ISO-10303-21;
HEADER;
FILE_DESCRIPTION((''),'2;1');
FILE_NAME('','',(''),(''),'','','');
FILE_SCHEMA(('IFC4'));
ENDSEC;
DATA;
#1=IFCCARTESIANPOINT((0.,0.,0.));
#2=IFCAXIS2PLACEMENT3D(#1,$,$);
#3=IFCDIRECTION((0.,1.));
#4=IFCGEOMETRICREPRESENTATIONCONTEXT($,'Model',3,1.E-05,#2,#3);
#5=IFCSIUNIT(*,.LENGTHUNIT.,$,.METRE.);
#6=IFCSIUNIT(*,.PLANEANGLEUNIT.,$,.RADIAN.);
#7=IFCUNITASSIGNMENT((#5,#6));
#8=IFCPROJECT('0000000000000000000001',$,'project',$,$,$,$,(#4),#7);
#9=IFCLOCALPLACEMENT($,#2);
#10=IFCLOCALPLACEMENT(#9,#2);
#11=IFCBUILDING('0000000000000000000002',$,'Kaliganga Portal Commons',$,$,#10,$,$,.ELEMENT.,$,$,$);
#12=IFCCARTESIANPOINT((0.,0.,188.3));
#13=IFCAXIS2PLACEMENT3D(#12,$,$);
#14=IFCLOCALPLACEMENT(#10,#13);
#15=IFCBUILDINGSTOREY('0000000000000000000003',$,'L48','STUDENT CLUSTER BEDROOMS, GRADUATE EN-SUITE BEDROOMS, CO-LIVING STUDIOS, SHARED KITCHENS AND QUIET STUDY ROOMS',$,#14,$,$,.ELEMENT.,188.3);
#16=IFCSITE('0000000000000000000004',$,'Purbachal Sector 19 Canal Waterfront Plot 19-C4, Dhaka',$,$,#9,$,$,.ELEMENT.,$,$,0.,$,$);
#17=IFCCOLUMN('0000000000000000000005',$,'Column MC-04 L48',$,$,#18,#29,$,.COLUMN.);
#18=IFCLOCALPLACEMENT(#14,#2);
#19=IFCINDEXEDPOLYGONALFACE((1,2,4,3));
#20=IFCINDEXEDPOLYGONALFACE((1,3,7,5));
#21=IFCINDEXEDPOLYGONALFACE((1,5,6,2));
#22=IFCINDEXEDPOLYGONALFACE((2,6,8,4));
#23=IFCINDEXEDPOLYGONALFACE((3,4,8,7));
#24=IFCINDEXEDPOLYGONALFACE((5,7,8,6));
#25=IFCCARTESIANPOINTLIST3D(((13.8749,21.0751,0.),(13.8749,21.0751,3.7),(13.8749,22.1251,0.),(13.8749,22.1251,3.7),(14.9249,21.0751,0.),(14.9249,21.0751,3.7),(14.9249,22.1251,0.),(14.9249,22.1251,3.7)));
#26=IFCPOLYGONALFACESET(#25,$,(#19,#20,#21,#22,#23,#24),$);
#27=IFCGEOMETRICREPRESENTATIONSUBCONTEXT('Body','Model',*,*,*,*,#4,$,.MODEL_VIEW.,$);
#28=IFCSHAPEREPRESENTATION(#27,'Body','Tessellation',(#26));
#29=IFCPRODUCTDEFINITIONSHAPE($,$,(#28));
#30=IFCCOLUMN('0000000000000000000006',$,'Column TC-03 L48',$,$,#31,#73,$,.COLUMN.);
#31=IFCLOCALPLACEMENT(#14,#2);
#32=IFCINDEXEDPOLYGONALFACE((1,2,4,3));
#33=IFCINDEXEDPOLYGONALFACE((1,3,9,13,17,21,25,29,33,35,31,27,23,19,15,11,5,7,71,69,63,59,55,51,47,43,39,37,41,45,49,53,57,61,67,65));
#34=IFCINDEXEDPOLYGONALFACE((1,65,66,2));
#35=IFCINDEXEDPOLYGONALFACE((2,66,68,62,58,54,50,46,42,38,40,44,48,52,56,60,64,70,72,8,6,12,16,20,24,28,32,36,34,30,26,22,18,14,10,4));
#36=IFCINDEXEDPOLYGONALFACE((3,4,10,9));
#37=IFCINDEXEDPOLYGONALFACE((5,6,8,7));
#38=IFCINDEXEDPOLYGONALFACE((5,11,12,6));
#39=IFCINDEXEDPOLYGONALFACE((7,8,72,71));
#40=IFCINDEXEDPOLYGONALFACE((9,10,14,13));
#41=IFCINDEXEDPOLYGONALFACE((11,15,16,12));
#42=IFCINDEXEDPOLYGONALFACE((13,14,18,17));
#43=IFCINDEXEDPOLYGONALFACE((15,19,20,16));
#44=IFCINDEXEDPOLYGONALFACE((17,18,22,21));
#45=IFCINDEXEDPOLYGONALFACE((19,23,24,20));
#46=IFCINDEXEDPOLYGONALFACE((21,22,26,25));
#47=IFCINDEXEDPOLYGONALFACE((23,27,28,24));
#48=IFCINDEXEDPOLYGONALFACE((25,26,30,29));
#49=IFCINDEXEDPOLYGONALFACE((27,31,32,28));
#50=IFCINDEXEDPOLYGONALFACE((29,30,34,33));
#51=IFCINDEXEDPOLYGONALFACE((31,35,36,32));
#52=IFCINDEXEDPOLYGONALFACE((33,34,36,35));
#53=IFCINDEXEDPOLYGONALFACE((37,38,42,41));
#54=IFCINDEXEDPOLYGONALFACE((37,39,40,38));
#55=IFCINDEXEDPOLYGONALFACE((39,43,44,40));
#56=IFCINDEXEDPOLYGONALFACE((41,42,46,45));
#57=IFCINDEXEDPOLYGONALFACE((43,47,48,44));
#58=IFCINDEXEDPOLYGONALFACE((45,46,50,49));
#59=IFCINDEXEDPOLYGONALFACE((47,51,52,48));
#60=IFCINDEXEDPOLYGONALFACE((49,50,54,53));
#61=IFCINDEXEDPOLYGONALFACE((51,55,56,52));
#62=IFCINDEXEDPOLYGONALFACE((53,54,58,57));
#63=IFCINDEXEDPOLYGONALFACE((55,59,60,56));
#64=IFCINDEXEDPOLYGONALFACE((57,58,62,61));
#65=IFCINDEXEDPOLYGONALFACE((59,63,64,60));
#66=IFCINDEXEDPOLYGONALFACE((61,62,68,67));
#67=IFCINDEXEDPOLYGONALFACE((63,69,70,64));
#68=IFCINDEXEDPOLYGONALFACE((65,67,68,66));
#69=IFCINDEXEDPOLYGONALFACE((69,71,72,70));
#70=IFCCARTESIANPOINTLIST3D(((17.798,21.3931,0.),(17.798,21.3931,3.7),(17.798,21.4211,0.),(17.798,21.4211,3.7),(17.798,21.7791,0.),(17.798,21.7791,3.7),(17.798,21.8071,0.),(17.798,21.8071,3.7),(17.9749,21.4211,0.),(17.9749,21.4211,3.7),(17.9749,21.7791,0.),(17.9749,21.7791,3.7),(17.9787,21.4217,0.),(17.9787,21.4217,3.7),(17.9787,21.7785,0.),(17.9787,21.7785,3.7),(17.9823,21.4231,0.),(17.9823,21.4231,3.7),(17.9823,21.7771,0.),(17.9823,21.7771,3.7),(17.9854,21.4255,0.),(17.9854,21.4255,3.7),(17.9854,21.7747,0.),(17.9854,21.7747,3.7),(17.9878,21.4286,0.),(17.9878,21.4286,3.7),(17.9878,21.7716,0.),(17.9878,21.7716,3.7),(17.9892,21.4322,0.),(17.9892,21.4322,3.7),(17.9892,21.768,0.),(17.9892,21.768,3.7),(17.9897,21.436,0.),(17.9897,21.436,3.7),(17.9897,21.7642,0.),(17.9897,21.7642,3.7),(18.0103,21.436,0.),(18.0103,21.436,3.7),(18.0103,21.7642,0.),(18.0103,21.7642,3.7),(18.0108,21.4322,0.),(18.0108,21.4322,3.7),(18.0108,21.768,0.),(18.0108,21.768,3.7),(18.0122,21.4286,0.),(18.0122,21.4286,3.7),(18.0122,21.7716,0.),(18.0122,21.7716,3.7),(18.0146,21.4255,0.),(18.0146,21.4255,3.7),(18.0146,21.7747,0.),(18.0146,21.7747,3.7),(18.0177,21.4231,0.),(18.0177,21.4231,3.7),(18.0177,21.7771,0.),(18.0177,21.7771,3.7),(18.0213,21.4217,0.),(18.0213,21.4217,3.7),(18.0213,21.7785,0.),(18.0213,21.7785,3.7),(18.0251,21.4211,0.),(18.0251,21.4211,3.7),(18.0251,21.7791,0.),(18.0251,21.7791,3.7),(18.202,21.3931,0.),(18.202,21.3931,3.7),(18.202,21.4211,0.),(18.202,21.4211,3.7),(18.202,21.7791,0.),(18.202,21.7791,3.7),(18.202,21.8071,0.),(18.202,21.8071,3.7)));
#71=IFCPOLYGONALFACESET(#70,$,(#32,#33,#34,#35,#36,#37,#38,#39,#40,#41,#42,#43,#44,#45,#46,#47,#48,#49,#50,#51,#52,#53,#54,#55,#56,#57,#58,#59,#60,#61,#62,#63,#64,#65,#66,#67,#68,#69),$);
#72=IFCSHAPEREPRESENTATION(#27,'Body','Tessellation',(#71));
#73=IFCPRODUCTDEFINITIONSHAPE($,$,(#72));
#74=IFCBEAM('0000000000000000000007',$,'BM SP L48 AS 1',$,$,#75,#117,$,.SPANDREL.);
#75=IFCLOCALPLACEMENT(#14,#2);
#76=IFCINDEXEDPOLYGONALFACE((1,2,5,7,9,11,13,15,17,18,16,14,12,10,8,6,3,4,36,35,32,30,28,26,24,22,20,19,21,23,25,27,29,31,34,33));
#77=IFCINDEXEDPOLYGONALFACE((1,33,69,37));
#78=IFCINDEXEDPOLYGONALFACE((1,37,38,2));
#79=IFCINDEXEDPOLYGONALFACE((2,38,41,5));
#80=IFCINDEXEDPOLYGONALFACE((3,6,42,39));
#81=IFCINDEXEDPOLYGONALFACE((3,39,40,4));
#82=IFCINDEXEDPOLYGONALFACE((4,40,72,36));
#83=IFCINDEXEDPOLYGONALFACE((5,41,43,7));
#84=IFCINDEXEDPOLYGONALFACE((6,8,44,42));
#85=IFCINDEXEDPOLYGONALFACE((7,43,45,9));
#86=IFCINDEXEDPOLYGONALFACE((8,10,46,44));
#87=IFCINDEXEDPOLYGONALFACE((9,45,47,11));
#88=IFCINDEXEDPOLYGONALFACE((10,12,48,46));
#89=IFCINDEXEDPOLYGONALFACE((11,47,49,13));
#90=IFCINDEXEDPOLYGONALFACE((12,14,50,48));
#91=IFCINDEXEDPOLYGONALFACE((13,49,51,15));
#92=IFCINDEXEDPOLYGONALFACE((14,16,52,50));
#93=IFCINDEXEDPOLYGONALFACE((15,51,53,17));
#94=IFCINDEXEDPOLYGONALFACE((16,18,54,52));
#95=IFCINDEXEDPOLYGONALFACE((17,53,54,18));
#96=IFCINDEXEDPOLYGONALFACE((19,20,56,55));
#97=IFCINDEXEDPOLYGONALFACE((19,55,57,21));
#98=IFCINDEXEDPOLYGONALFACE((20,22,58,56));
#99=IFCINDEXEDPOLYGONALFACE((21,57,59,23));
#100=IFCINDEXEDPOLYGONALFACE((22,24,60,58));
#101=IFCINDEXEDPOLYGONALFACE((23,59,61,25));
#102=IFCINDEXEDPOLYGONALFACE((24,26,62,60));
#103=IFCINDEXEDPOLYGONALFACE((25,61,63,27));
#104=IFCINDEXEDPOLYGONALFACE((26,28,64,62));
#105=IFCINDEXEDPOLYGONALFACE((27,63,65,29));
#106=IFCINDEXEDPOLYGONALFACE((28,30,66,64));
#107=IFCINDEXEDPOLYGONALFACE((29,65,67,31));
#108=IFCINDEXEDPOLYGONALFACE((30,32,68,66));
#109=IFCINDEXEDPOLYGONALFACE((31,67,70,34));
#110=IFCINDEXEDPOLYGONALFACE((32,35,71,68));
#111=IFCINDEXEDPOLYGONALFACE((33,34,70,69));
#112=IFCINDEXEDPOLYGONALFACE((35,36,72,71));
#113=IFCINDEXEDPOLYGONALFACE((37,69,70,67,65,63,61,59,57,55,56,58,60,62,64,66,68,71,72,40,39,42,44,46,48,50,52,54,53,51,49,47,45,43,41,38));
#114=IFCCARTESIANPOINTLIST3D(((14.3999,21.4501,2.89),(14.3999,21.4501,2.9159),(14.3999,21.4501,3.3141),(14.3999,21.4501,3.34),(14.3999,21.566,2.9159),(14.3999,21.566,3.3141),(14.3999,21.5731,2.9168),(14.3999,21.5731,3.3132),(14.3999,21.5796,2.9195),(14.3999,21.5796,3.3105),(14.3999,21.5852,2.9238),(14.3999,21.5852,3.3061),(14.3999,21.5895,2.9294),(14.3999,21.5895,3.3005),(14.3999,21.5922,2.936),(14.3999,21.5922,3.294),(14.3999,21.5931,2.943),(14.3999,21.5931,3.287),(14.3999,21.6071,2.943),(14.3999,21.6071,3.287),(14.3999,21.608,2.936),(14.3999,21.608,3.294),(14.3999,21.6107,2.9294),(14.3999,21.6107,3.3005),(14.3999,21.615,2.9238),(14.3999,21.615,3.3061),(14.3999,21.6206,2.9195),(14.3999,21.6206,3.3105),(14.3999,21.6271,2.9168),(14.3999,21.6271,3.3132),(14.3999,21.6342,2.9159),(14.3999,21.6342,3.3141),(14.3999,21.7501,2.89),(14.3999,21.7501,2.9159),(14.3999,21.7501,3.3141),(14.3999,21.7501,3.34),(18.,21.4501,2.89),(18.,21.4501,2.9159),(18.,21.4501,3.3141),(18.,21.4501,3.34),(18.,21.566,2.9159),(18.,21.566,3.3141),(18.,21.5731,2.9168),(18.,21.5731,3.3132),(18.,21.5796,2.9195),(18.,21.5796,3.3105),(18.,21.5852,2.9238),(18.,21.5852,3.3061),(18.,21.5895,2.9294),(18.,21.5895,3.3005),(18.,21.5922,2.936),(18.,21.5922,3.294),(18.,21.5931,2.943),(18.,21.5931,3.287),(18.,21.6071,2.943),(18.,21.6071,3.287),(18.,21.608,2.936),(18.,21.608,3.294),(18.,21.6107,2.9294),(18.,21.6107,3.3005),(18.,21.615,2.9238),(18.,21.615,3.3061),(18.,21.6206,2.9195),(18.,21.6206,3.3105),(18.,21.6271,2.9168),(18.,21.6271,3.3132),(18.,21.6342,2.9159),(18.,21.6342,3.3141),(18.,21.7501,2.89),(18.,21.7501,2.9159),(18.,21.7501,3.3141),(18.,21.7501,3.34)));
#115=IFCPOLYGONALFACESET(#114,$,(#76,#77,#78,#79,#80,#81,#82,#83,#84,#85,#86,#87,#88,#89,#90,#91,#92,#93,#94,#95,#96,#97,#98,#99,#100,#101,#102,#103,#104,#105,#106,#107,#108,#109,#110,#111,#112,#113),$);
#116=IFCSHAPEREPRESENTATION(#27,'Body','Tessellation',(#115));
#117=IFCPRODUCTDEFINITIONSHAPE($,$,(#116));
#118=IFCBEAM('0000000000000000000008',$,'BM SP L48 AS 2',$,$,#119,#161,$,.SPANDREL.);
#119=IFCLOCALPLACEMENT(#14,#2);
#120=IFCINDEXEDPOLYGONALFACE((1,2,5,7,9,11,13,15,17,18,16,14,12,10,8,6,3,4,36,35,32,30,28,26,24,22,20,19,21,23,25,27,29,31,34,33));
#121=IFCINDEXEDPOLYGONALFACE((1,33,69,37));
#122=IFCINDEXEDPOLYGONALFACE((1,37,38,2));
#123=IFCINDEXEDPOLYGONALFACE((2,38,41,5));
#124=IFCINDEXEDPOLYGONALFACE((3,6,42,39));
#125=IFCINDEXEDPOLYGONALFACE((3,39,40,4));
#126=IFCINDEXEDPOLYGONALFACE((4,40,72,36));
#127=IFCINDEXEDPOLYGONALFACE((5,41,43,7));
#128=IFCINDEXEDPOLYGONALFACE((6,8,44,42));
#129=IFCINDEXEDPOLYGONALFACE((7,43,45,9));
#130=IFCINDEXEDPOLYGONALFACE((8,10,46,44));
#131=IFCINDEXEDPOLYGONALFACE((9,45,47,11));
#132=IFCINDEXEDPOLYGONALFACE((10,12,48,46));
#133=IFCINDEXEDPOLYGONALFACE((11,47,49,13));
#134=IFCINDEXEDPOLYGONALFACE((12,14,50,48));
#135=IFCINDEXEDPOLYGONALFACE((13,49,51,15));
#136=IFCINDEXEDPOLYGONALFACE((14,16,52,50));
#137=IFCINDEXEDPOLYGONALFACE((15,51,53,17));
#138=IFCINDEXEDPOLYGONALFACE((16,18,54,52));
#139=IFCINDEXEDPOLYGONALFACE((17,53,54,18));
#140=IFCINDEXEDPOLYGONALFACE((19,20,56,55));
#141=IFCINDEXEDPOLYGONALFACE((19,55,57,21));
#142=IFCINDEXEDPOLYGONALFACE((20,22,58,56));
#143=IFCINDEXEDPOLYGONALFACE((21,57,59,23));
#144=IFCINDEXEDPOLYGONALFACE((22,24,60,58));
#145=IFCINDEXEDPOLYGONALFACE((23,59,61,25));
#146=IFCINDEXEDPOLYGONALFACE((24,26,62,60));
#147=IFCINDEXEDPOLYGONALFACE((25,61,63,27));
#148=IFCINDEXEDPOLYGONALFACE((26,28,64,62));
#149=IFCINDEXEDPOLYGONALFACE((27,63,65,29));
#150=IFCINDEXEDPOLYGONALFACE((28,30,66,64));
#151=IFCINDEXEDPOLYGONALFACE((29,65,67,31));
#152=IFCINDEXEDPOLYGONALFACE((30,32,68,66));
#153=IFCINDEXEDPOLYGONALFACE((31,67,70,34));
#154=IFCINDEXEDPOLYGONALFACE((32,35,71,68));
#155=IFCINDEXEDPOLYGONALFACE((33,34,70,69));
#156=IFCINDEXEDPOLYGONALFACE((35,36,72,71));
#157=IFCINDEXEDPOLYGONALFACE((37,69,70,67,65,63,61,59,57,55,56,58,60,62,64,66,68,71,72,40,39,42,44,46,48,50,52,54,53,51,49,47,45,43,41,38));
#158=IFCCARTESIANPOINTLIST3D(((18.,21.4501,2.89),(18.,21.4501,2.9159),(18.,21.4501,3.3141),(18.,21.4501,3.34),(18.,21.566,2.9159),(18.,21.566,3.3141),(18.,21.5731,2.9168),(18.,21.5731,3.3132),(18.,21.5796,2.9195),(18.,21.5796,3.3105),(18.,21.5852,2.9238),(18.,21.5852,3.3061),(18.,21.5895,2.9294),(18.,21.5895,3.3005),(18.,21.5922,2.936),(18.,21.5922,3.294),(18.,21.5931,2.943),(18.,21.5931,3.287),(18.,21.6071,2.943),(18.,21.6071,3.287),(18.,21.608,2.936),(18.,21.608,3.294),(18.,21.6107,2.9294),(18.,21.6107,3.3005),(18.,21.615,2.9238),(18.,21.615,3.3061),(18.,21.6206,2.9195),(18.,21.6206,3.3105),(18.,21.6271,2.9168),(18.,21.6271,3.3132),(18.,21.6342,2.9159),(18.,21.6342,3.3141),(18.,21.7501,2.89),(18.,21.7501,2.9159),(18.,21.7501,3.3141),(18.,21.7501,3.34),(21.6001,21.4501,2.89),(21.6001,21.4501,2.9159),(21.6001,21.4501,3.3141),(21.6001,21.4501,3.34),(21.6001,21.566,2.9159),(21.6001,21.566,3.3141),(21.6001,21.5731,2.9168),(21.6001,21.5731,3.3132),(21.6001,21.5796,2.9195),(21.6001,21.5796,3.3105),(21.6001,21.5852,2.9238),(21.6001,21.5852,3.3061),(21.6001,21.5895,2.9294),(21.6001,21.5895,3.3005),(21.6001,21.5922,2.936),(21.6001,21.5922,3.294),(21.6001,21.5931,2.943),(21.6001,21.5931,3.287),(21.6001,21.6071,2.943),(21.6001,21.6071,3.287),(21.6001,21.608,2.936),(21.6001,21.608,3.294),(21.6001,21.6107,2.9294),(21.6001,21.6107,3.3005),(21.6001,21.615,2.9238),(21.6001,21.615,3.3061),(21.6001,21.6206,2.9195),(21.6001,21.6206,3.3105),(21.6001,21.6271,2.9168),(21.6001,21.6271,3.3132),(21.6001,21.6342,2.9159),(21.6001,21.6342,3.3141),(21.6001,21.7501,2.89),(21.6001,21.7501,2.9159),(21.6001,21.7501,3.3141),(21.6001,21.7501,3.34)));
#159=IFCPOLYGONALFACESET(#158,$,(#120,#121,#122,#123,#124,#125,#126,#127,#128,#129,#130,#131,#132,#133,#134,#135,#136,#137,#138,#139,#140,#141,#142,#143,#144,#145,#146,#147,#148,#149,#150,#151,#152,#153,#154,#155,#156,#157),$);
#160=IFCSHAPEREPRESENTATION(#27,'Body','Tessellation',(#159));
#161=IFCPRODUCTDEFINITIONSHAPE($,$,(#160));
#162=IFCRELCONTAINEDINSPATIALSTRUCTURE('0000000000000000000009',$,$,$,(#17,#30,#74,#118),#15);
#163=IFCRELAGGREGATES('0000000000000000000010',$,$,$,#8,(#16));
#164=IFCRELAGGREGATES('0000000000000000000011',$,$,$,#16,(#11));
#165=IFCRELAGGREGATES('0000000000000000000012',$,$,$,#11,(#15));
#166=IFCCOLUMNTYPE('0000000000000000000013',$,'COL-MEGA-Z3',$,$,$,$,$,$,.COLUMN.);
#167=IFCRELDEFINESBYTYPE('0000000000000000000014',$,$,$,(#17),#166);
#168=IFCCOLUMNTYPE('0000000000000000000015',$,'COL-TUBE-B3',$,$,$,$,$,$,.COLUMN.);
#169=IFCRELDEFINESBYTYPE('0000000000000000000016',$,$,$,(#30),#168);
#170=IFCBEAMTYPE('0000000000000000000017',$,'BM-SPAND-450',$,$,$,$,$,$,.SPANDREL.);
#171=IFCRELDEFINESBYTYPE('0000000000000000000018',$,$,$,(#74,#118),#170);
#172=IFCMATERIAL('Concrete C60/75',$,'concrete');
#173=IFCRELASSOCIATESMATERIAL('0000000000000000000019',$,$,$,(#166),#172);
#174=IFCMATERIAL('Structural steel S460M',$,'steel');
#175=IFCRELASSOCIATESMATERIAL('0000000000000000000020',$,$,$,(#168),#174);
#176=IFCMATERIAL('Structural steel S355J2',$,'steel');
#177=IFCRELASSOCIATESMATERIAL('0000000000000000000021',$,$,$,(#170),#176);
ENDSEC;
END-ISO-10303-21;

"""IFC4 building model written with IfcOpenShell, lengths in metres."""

from ifc_helpers import new_model, si_unit, direction, frame, origin, origin_2d, place, context, subcontext, project, spatial, rectangle, i_section, extrude, source, transform, mapped, material, material_profile, profile_set, type_object, element, save


model = new_model("IFC4")

# Units and contexts
model_context = context("Model", 3, precision=1e-05, world=origin(), true_north=direction((0.0, 1.0)))
body_context = subcontext(model_context, "Body", "Model", "MODEL_VIEW")
ifc_project = project(units=[si_unit("LENGTHUNIT", "METRE"), si_unit("PLANEANGLEUNIT", "RADIAN")], contexts=[model_context])

# Site, building, storey
site_placement = place(None, origin())
site = spatial("IfcSite", under=ifc_project, at=site_placement, Name="Purbachal Sector 19 Canal Waterfront Plot 19-C4, Dhaka", CompositionType="ELEMENT", RefElevation=0.0)
building_placement = place(site_placement, origin())
building = spatial("IfcBuilding", under=site, at=building_placement, Name="Kaliganga Portal Commons", CompositionType="ELEMENT")
storey_placement = place(building_placement, frame((0.0, 0.0, 188.3)))
storey = spatial("IfcBuildingStorey", under=building, at=storey_placement, Name="L48", Description="STUDENT CLUSTER BEDROOMS, GRADUATE EN-SUITE BEDROOMS, CO-LIVING STUDIOS, SHARED KITCHENS AND QUIET STUDY ROOMS", CompositionType="ELEMENT", Elevation=188.3)

# Columns
ifc_material_1 = material(Name="Concrete C60/75", Category="concrete")
ifc_material_profile_1 = material_profile(ifc_material_1, rectangle(XDim=1.05, YDim=1.05, at=origin_2d()), Name="RC 1050x1050")
ifc_profile_set_1 = profile_set([ifc_material_profile_1], Name="Concrete C60/75")
column_type_1 = type_object("IfcColumnType", Name="COL-MEGA-Z3", PredefinedType="COLUMN", material=ifc_profile_set_1)
shared_shape_1 = source(origin(), body_context, "Body", "SweptSolid", [
    extrude(rectangle(XDim=1.05, YDim=1.05, at=origin_2d()), origin(), (0.0, 0.0, 1.0), 3.7),
])
column_1_placement = place(storey_placement, frame((14.3999, 21.6001, 0.0), z_axis=(0.0, 0.0, 1.0), x_axis=(1.0, 0.0, 0.0)))
element("IfcColumn", 1, at=column_1_placement, inside=storey, type_object=column_type_1, Name="Column MC-04 L48", PredefinedType="COLUMN", context=body_context, shape_type="MappedRepresentation", body=[
    mapped(shared_shape_1, transform((0.0, 0.0, 0.0), x_axis=(1.0, 0.0, 0.0), y_axis=(0.0, 1.0, 0.0), z_axis=(0.0, 0.0, 1.0), scale=1.0)),
])
ifc_material_2 = material(Name="Structural steel S460M", Category="steel")
ifc_material_profile_2 = material_profile(ifc_material_2, i_section(OverallWidth=0.4041, OverallDepth=0.4141, WebThickness=0.0205, FlangeThickness=0.0281, FilletRadius=0.0149, at=origin_2d()), Name="HD 400x347")
ifc_profile_set_2 = profile_set([ifc_material_profile_2], Name="Structural steel S460M wide-flange")
column_type_2 = type_object("IfcColumnType", Name="COL-TUBE-B3", PredefinedType="COLUMN", material=ifc_profile_set_2)
shared_shape_2 = source(origin(), body_context, "Body", "SweptSolid", [
    extrude(i_section(OverallWidth=0.4041, OverallDepth=0.4141, WebThickness=0.0205, FlangeThickness=0.0281, FilletRadius=0.0149, at=origin_2d()), origin(), (0.0, 0.0, 1.0), 3.7),
])
column_2_placement = place(storey_placement, frame((18.0, 21.6001, 0.0), z_axis=(0.0, 0.0, 1.0), x_axis=(1.0, 0.0, 0.0)))
element("IfcColumn", 2, at=column_2_placement, inside=storey, type_object=column_type_2, Name="Column TC-03 L48", PredefinedType="COLUMN", context=body_context, shape_type="MappedRepresentation", body=[
    mapped(shared_shape_2, transform((0.0, 0.0, 0.0), x_axis=(1.0, 0.0, 0.0), y_axis=(0.0, 1.0, 0.0), z_axis=(0.0, 0.0, 1.0), scale=1.0)),
])

# Beams
ifc_material_3 = material(Name="Structural steel S355J2", Category="steel")
ifc_material_profile_3 = material_profile(ifc_material_3, i_section(OverallWidth=0.3, OverallDepth=0.45, WebThickness=0.0139, FlangeThickness=0.0259, FilletRadius=0.0271, at=origin_2d()), Name="HE 450 B")
ifc_profile_set_3 = profile_set([ifc_material_profile_3], Name="Structural steel S355J2 wide-flange")
beam_type_1 = type_object("IfcBeamType", Name="BM-SPAND-450", PredefinedType="SPANDREL", material=ifc_profile_set_3)
shared_shape_3 = source(origin(), body_context, "Body", "SweptSolid", [
    extrude(i_section(OverallWidth=0.3, OverallDepth=0.45, WebThickness=0.0139, FlangeThickness=0.0259, FilletRadius=0.0271, at=origin_2d()), origin(), (0.0, 0.0, 1.0), 3.6001),
])
for number, where, z_axis, x_axis, name in (
    (3, (14.3999, 21.6001, 3.115), (1.0, 0.0, 0.0), (0.0, 1.0, 0.0), "BM SP L48 AS 1"),
    (4, (18.0, 21.6001, 3.115), (1.0, 0.0, 0.0), (0.0, 1.0, 0.0), "BM SP L48 AS 2"),
):
    element("IfcBeam", number, at=place(storey_placement, frame(where, z_axis=z_axis, x_axis=x_axis)), inside=storey, type_object=beam_type_1, Name=name, PredefinedType="SPANDREL", context=body_context, shape_type="MappedRepresentation", body=[
        mapped(shared_shape_3, transform((0.0, 0.0, 0.0), x_axis=(1.0, 0.0, 0.0), y_axis=(0.0, 1.0, 0.0), z_axis=(0.0, 0.0, 1.0), scale=1.0)),
    ])

save(model, "model.ifc")
